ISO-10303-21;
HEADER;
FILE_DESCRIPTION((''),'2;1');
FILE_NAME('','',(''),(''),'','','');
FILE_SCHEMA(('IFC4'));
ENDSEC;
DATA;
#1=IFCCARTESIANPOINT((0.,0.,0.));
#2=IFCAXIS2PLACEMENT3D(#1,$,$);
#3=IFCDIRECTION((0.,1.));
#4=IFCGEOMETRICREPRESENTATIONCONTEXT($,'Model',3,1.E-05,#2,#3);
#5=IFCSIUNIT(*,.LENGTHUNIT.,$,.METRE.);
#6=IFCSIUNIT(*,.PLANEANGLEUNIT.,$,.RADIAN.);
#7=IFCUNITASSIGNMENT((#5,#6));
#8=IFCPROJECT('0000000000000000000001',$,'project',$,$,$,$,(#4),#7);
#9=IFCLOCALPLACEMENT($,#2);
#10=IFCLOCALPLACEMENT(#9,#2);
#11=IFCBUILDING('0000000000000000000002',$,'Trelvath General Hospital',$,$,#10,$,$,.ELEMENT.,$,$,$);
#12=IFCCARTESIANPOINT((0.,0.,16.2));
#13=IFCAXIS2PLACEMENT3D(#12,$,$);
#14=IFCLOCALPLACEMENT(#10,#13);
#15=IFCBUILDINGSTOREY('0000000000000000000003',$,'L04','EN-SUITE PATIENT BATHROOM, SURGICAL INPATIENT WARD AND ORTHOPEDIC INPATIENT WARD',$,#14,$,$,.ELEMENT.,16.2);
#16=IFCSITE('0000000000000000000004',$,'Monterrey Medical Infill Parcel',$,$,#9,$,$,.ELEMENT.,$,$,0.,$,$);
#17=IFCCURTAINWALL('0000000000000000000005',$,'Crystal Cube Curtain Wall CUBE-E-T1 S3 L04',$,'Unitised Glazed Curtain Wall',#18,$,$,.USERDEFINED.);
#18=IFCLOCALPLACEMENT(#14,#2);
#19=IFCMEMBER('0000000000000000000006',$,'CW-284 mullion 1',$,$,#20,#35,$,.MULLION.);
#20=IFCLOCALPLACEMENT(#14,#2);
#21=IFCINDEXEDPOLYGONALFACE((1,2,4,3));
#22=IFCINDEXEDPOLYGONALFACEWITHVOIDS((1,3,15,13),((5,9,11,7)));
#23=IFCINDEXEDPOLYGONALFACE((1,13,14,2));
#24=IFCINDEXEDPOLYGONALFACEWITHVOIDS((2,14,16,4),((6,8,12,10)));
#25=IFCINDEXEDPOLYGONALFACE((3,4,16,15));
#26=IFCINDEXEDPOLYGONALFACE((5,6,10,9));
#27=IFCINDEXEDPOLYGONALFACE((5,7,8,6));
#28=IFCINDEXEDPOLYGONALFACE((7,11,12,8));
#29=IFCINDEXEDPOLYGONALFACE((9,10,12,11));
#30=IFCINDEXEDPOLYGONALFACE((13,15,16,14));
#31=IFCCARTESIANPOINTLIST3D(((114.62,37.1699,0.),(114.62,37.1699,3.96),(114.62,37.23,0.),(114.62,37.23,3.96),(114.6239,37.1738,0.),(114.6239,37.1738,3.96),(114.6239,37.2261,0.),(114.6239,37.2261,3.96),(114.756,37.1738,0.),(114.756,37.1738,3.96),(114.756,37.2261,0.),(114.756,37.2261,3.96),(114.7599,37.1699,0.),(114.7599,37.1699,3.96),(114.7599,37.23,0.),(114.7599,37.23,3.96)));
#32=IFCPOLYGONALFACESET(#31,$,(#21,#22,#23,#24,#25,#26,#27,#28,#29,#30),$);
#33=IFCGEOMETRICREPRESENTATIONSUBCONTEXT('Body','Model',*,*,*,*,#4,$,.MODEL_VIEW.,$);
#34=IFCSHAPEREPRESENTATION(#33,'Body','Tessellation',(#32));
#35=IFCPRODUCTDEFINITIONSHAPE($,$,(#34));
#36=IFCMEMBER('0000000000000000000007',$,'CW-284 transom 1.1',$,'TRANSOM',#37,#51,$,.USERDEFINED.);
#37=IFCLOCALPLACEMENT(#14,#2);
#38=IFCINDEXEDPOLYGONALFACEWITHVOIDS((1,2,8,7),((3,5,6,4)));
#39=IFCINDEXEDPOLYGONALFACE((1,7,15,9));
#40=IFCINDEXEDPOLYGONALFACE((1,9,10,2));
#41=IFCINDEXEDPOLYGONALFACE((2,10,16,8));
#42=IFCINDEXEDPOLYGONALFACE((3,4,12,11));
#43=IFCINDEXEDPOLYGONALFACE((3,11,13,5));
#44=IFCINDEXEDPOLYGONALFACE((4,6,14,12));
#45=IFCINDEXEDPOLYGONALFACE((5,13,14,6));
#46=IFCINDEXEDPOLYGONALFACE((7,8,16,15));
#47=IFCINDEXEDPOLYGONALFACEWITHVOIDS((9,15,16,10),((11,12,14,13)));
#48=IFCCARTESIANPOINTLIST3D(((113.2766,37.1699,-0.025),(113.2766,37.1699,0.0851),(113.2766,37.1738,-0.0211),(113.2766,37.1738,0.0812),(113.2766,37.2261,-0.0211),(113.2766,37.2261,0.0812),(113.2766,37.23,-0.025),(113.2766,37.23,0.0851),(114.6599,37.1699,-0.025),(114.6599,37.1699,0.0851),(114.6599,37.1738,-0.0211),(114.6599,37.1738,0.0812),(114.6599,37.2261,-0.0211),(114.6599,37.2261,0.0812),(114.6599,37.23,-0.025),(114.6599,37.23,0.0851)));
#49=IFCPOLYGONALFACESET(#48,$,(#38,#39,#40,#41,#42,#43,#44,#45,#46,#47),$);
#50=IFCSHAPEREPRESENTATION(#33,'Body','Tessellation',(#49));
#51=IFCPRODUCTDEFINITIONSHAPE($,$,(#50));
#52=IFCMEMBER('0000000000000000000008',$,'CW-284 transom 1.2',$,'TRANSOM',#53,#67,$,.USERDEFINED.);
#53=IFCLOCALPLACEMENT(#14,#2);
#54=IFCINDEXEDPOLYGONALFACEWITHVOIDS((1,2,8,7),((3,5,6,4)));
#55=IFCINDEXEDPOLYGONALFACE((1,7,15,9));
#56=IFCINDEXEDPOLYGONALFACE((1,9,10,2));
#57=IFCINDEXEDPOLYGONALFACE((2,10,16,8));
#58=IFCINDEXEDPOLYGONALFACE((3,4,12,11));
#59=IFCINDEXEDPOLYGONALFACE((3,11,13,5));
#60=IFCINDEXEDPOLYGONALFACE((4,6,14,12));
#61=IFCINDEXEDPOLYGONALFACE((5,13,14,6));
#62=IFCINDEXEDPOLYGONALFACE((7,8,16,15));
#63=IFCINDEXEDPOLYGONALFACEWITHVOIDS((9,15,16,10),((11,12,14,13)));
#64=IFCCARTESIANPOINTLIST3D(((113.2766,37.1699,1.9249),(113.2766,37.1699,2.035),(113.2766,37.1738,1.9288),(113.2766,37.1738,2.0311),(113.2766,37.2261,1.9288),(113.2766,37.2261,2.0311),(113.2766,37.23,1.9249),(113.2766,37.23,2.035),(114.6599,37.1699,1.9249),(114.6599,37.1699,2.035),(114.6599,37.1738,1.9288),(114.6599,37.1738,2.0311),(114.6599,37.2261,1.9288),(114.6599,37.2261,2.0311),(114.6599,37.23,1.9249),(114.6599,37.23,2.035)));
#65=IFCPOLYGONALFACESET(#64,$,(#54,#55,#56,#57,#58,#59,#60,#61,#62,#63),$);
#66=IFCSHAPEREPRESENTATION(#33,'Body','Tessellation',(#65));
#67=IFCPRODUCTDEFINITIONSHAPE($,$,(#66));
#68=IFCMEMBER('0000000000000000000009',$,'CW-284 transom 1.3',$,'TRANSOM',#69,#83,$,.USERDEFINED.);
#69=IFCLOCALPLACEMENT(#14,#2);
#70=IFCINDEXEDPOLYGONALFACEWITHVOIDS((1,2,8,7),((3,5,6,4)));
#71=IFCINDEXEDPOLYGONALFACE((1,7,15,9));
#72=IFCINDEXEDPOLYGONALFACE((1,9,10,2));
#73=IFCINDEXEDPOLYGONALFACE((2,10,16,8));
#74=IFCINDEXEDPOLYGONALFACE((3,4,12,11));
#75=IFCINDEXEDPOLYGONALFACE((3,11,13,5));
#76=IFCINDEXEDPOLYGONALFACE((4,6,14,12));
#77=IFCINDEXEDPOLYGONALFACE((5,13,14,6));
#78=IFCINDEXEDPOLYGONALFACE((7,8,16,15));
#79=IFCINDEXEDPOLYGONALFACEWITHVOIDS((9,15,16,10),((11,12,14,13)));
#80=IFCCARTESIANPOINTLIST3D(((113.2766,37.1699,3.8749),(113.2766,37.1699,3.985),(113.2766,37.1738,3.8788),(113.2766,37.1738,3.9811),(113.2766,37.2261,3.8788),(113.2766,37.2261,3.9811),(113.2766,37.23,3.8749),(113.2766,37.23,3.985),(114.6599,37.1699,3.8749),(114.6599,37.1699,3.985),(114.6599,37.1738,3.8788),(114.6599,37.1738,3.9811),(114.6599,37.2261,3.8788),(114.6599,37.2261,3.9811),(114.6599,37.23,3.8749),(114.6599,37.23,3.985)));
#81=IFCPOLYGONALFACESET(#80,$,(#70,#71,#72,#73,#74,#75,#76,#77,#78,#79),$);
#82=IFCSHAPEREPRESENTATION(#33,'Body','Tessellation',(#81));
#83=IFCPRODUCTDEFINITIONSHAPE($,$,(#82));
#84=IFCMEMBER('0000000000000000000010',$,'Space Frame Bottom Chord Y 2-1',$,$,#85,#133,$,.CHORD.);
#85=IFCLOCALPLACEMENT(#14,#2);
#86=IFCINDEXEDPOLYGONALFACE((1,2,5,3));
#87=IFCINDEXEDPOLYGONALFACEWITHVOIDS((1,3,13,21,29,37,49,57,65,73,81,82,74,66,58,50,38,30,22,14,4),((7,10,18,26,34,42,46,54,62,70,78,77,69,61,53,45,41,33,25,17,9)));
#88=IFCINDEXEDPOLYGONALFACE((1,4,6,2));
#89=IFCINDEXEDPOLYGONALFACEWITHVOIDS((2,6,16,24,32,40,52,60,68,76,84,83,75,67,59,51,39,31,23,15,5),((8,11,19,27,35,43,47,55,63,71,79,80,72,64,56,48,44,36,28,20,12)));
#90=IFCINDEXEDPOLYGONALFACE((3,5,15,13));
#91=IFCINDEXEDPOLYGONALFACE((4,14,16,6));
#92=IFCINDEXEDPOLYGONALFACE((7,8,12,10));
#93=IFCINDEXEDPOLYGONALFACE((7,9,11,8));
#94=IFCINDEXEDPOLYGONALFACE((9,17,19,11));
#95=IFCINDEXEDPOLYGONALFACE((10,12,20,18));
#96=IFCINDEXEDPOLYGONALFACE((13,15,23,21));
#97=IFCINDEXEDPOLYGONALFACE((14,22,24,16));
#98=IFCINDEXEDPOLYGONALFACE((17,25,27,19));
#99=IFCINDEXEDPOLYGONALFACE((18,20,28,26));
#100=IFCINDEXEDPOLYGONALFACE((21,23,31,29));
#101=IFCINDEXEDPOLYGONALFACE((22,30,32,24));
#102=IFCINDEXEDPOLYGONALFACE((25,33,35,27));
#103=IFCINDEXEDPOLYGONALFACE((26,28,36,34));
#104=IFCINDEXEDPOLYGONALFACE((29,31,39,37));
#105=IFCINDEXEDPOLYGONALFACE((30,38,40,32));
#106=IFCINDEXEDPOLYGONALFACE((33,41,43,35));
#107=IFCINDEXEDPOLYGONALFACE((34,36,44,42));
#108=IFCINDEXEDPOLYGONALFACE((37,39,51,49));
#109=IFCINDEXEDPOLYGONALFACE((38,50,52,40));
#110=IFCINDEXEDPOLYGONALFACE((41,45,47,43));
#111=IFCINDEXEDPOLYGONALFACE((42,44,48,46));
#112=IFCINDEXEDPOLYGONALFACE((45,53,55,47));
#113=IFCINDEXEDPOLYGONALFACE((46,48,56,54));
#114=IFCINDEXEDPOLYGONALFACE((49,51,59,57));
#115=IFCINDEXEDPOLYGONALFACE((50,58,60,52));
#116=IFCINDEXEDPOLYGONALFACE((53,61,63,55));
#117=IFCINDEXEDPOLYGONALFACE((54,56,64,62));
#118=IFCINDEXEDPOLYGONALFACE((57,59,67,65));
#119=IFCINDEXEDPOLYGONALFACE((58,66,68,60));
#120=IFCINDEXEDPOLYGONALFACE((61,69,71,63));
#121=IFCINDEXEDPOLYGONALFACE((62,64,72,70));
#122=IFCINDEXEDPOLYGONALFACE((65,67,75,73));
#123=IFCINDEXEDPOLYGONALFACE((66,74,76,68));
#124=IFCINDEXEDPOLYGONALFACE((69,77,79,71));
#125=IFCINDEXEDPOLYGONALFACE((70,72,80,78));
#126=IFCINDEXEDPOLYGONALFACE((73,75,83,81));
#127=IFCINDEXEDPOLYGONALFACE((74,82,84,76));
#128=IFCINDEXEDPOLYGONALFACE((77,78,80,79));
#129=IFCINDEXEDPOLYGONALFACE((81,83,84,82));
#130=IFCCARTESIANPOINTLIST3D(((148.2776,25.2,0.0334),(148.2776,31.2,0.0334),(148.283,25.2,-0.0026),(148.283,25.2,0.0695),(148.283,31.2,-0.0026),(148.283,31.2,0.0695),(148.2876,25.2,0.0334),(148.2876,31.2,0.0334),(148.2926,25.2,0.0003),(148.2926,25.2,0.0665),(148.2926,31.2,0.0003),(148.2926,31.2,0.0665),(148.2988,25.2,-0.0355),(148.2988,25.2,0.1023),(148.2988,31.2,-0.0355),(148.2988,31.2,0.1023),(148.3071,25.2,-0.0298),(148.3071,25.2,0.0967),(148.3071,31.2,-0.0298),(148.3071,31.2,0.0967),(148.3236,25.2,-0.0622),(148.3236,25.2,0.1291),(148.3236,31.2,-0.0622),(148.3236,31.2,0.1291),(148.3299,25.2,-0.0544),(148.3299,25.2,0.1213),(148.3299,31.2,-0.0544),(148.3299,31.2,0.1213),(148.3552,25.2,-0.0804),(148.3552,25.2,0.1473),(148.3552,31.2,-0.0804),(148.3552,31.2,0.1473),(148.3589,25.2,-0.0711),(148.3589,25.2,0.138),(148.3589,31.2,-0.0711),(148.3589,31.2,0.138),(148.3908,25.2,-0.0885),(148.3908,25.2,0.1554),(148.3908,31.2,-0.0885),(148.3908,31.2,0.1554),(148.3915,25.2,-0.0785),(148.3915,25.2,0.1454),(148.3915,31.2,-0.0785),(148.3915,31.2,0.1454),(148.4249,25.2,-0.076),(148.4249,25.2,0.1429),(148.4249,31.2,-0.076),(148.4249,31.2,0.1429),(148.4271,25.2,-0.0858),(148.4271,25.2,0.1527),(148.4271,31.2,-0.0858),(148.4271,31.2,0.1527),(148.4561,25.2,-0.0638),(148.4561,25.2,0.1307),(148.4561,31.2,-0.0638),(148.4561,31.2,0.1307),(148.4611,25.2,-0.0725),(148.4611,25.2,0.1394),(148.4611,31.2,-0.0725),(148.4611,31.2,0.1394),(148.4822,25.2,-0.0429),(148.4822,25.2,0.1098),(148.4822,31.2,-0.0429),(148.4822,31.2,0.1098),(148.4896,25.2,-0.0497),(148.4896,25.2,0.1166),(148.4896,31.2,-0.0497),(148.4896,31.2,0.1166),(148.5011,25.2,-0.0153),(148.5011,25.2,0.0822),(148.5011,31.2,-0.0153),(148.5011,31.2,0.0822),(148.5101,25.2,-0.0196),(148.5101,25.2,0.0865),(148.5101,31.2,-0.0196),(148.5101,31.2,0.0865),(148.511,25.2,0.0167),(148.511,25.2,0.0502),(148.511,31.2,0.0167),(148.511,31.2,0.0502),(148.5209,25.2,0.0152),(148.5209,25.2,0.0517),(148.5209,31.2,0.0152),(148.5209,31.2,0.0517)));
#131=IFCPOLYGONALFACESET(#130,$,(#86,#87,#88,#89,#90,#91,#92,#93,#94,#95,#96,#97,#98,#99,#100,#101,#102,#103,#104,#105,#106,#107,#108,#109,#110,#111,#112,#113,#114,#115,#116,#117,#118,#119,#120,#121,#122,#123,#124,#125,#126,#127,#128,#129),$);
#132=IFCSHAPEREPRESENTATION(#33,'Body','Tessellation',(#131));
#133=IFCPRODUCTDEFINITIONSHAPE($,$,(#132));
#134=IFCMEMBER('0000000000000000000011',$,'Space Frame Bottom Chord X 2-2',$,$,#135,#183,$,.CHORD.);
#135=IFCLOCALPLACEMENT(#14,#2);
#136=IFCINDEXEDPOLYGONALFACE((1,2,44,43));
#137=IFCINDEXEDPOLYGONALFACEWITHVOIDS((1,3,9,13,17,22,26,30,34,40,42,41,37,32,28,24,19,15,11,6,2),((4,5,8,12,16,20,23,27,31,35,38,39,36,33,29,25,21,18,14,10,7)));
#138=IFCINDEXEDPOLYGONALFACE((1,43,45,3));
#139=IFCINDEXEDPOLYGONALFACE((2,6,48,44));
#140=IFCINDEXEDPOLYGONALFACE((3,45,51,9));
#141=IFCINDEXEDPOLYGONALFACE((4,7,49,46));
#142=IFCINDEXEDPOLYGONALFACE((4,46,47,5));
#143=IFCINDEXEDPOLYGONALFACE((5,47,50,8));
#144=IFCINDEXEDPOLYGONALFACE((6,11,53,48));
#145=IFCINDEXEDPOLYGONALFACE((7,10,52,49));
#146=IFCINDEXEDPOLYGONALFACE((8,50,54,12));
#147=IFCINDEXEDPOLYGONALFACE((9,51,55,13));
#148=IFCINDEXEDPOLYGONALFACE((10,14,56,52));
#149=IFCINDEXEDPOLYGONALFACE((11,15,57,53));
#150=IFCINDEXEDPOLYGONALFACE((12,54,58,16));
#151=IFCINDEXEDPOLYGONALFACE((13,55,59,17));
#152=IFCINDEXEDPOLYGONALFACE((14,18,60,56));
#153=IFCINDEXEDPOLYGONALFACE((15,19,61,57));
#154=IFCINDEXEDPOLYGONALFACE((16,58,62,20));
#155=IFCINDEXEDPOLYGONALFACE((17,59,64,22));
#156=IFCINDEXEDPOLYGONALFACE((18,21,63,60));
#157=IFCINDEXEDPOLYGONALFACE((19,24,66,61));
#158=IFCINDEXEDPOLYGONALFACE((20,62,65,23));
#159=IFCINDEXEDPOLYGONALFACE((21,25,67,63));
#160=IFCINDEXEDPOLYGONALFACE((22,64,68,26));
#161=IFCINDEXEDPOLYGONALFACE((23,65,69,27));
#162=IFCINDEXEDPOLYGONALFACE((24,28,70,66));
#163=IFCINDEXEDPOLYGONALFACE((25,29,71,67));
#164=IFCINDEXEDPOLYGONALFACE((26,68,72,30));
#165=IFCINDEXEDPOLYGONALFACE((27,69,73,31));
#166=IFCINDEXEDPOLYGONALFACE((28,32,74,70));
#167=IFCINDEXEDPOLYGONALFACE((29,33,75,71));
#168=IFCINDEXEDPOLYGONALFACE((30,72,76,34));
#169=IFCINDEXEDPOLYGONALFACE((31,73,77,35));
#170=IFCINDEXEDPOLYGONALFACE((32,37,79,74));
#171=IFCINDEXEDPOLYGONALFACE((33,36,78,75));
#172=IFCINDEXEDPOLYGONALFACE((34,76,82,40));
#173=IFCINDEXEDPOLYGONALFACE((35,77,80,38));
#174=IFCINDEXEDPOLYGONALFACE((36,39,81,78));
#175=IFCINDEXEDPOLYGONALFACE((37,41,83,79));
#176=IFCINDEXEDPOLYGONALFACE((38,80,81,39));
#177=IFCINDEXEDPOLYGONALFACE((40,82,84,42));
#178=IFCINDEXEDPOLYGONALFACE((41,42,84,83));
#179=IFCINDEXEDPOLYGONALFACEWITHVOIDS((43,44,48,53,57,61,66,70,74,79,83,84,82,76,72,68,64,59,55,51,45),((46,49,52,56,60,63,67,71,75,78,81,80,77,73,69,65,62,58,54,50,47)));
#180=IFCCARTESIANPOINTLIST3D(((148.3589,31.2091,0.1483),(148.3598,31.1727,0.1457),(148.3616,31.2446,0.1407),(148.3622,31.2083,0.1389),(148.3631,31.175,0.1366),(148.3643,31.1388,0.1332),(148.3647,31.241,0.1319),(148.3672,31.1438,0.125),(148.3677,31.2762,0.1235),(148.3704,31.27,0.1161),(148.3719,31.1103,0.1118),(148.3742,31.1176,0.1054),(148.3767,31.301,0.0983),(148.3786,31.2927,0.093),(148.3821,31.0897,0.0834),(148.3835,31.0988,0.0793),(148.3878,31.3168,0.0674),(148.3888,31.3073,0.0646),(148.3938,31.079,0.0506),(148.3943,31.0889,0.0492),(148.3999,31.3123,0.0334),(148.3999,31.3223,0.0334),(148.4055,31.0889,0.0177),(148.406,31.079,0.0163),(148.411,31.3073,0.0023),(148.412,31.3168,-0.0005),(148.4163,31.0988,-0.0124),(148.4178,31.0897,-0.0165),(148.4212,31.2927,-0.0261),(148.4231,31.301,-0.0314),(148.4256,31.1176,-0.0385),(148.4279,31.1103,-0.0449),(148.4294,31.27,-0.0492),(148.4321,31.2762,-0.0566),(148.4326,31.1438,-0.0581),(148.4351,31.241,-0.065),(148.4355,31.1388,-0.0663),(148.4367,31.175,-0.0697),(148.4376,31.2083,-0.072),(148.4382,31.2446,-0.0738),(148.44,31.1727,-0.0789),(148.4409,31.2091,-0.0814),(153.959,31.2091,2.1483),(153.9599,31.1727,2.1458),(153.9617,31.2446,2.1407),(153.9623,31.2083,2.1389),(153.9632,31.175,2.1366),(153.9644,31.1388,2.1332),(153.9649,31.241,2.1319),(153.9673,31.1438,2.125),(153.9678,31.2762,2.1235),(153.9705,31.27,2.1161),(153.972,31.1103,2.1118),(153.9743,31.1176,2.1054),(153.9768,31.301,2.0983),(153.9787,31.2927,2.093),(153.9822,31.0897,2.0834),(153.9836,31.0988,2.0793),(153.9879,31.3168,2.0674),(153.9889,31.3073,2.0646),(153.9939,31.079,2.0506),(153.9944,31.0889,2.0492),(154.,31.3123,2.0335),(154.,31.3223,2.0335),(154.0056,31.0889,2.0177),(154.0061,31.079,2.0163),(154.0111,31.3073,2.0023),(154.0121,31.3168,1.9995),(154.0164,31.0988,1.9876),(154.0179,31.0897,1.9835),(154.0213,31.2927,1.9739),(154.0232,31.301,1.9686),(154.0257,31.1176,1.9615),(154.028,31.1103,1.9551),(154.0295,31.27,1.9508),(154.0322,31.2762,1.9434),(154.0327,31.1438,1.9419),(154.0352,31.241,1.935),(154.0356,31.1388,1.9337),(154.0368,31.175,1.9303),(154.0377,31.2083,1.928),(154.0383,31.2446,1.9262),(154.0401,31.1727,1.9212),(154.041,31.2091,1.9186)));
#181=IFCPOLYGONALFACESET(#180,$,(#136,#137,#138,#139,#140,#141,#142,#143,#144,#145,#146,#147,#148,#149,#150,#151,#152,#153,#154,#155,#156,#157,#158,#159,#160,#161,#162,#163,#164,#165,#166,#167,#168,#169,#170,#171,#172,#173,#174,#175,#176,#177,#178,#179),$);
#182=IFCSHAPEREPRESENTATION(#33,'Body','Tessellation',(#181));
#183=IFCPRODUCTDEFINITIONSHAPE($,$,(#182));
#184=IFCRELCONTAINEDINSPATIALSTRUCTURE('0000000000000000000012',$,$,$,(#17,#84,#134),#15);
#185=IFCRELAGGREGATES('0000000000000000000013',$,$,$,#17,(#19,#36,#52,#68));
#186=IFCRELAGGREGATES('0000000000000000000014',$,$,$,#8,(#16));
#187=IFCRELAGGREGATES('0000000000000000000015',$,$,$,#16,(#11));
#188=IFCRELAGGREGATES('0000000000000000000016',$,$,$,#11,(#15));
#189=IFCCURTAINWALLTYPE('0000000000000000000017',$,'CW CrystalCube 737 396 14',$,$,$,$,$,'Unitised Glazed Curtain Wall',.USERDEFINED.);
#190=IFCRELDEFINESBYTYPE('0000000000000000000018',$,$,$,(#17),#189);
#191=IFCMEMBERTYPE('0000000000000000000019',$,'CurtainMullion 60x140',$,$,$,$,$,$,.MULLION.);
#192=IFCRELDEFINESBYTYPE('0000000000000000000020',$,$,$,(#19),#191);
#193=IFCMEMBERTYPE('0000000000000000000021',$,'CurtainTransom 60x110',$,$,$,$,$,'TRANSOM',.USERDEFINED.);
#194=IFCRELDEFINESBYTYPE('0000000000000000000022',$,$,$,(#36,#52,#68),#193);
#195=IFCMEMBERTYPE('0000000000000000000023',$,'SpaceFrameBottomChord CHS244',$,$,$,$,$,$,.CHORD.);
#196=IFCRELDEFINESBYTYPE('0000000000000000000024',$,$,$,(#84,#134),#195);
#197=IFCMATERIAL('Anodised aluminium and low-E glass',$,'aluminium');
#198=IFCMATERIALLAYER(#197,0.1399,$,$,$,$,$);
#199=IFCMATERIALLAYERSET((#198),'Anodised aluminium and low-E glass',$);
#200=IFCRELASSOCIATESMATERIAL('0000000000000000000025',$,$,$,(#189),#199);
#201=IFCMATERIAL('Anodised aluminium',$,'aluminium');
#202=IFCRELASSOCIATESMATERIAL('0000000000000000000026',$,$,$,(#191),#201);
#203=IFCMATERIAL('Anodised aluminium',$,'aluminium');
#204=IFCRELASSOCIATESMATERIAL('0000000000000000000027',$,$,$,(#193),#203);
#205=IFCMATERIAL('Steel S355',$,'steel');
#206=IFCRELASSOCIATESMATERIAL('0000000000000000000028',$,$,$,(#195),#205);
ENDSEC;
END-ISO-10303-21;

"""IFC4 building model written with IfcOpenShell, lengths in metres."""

from ifc_helpers import new_model, si_unit, direction, frame, origin, origin_2d, place, context, subcontext, project, spatial, hollow_rectangle, hollow_circle, extrude, material, layer, layer_set, material_profile, profile_set, type_object, element, aggregate, save


model = new_model("IFC4")

# Units and contexts
model_context = context("Model", 3, precision=1e-05, world=origin(), true_north=direction((0.0, 1.0)))
body_context = subcontext(model_context, "Body", "Model", "MODEL_VIEW")
ifc_project = project(units=[si_unit("LENGTHUNIT", "METRE"), si_unit("PLANEANGLEUNIT", "RADIAN")], contexts=[model_context])

# Site, building, storey
site_placement = place(None, origin())
site = spatial("IfcSite", under=ifc_project, at=site_placement, Name="Monterrey Medical Infill Parcel", CompositionType="ELEMENT", RefElevation=0.0)
building_placement = place(site_placement, origin())
building = spatial("IfcBuilding", under=site, at=building_placement, Name="Trelvath General Hospital", CompositionType="ELEMENT")
storey_placement = place(building_placement, frame((0.0, 0.0, 16.2)))
storey = spatial("IfcBuildingStorey", under=building, at=storey_placement, Name="L04", Description="EN-SUITE PATIENT BATHROOM, SURGICAL INPATIENT WARD AND ORTHOPEDIC INPATIENT WARD", CompositionType="ELEMENT", Elevation=16.2)

# Curtain wall, members
ifc_material_1 = material(Name="Anodised aluminium and low-E glass", Category="aluminium")
ifc_layer = layer(ifc_material_1, 0.1399)
ifc_layer_set = layer_set([ifc_layer], Name="Anodised aluminium and low-E glass")
curtain_wall_type = type_object("IfcCurtainWallType", Name="CW CrystalCube 737 396 14", ElementType="Unitised Glazed Curtain Wall", PredefinedType="USERDEFINED", material=ifc_layer_set)
curtain_wall_placement = place(storey_placement, origin())
curtain_wall = element("IfcCurtainWall", 1, at=curtain_wall_placement, inside=storey, type_object=curtain_wall_type, Name="Crystal Cube Curtain Wall CUBE-E-T1 S3 L04", ObjectType="Unitised Glazed Curtain Wall", PredefinedType="USERDEFINED")
ifc_material_2 = material(Name="Anodised aluminium", Category="aluminium")
ifc_material_profile_1 = material_profile(ifc_material_2, hollow_rectangle(XDim=0.0601, YDim=0.1399, WallThickness=0.0039, at=origin_2d()), Name="RHS60x140x4")
ifc_profile_set_1 = profile_set([ifc_material_profile_1], Name="Anodised aluminium")
member_type_1 = type_object("IfcMemberType", Name="CurtainMullion 60x140", PredefinedType="MULLION", material=ifc_profile_set_1)
member_1_placement = place(storey_placement, frame((114.6899, 37.2, 0.0), z_axis=(0.0, 0.0, 1.0), x_axis=(0.0, -1.0, 0.0)))
member_1 = element("IfcMember", 2, at=member_1_placement, type_object=member_type_1, Name="CW-284 mullion 1", PredefinedType="MULLION", context=body_context, shape_type="SweptSolid", body=[
    extrude(hollow_rectangle(XDim=0.0601, YDim=0.1399, WallThickness=0.0039, at=origin_2d()), origin(), (0.0, 0.0, 1.0), 3.96),
])
ifc_material_3 = material(Name="Anodised aluminium", Category="aluminium")
ifc_material_profile_2 = material_profile(ifc_material_3, hollow_rectangle(XDim=0.0601, YDim=0.1101, WallThickness=0.0039, at=origin_2d()), Name="RHS60x110x4")
ifc_profile_set_2 = profile_set([ifc_material_profile_2], Name="Anodised aluminium")
member_type_2 = type_object("IfcMemberType", Name="CurtainTransom 60x110", ElementType="TRANSOM", PredefinedType="USERDEFINED", material=ifc_profile_set_2)
member_2_placement = place(storey_placement, frame((114.6599, 37.2, 0.03), z_axis=(-1.0, 0.0, 0.0), x_axis=(0.0, -1.0, 0.0)))
member_2 = element("IfcMember", 3, at=member_2_placement, type_object=member_type_2, Name="CW-284 transom 1.1", ObjectType="TRANSOM", PredefinedType="USERDEFINED", context=body_context, shape_type="SweptSolid", body=[
    extrude(hollow_rectangle(XDim=0.0601, YDim=0.1101, WallThickness=0.0039, at=origin_2d()), origin(), (0.0, 0.0, 1.0), 1.3833),
])
member_3_placement = place(storey_placement, frame((114.6599, 37.2, 1.98), z_axis=(-1.0, 0.0, 0.0), x_axis=(0.0, -1.0, 0.0)))
member_3 = element("IfcMember", 4, at=member_3_placement, type_object=member_type_2, Name="CW-284 transom 1.2", ObjectType="TRANSOM", PredefinedType="USERDEFINED", context=body_context, shape_type="SweptSolid", body=[
    extrude(hollow_rectangle(XDim=0.0601, YDim=0.1101, WallThickness=0.0039, at=origin_2d()), origin(), (0.0, 0.0, 1.0), 1.3833),
])
member_4_placement = place(storey_placement, frame((114.6599, 37.2, 3.9299), z_axis=(-1.0, 0.0, 0.0), x_axis=(0.0, -1.0, 0.0)))
member_4 = element("IfcMember", 5, at=member_4_placement, type_object=member_type_2, Name="CW-284 transom 1.3", ObjectType="TRANSOM", PredefinedType="USERDEFINED", context=body_context, shape_type="SweptSolid", body=[
    extrude(hollow_rectangle(XDim=0.0601, YDim=0.1101, WallThickness=0.0039, at=origin_2d()), origin(), (0.0, 0.0, 1.0), 1.3833),
])
aggregate(curtain_wall, [member_1, member_2, member_3, member_4])

# Members
ifc_material_4 = material(Name="Steel S355", Category="steel")
ifc_material_profile_3 = material_profile(ifc_material_4, hollow_circle(Radius=0.1223, WallThickness=0.01, at=origin_2d()), Name="CHS244.5x10.0")
ifc_profile_set_3 = profile_set([ifc_material_profile_3], Name="Steel S355")
member_type_3 = type_object("IfcMemberType", Name="SpaceFrameBottomChord CHS244", PredefinedType="CHORD", material=ifc_profile_set_3)
member_5_placement = place(storey_placement, frame((148.3999, 25.2, 0.0334), z_axis=(0.0, 1.0, 0.0), x_axis=(-1.0, 0.0, 0.0)))
element("IfcMember", 6, at=member_5_placement, inside=storey, type_object=member_type_3, Name="Space Frame Bottom Chord Y 2-1", PredefinedType="CHORD", context=body_context, shape_type="SweptSolid", body=[
    extrude(hollow_circle(Radius=0.1223, WallThickness=0.01, at=origin_2d()), origin(), (0.0, 0.0, 1.0), 6.0),
])
member_6_placement = place(storey_placement, frame((148.3999, 31.2, 0.0334), z_axis=(0.941744, 0.0, 0.336331), x_axis=(0.0, 1.0, 0.0)))
element("IfcMember", 7, at=member_6_placement, inside=storey, type_object=member_type_3, Name="Space Frame Bottom Chord X 2-2", PredefinedType="CHORD", context=body_context, shape_type="SweptSolid", body=[
    extrude(hollow_circle(Radius=0.1223, WallThickness=0.01, at=origin_2d()), origin(), (0.0, 0.0, 1.0), 5.9465),
])

save(model, "model.ifc")
